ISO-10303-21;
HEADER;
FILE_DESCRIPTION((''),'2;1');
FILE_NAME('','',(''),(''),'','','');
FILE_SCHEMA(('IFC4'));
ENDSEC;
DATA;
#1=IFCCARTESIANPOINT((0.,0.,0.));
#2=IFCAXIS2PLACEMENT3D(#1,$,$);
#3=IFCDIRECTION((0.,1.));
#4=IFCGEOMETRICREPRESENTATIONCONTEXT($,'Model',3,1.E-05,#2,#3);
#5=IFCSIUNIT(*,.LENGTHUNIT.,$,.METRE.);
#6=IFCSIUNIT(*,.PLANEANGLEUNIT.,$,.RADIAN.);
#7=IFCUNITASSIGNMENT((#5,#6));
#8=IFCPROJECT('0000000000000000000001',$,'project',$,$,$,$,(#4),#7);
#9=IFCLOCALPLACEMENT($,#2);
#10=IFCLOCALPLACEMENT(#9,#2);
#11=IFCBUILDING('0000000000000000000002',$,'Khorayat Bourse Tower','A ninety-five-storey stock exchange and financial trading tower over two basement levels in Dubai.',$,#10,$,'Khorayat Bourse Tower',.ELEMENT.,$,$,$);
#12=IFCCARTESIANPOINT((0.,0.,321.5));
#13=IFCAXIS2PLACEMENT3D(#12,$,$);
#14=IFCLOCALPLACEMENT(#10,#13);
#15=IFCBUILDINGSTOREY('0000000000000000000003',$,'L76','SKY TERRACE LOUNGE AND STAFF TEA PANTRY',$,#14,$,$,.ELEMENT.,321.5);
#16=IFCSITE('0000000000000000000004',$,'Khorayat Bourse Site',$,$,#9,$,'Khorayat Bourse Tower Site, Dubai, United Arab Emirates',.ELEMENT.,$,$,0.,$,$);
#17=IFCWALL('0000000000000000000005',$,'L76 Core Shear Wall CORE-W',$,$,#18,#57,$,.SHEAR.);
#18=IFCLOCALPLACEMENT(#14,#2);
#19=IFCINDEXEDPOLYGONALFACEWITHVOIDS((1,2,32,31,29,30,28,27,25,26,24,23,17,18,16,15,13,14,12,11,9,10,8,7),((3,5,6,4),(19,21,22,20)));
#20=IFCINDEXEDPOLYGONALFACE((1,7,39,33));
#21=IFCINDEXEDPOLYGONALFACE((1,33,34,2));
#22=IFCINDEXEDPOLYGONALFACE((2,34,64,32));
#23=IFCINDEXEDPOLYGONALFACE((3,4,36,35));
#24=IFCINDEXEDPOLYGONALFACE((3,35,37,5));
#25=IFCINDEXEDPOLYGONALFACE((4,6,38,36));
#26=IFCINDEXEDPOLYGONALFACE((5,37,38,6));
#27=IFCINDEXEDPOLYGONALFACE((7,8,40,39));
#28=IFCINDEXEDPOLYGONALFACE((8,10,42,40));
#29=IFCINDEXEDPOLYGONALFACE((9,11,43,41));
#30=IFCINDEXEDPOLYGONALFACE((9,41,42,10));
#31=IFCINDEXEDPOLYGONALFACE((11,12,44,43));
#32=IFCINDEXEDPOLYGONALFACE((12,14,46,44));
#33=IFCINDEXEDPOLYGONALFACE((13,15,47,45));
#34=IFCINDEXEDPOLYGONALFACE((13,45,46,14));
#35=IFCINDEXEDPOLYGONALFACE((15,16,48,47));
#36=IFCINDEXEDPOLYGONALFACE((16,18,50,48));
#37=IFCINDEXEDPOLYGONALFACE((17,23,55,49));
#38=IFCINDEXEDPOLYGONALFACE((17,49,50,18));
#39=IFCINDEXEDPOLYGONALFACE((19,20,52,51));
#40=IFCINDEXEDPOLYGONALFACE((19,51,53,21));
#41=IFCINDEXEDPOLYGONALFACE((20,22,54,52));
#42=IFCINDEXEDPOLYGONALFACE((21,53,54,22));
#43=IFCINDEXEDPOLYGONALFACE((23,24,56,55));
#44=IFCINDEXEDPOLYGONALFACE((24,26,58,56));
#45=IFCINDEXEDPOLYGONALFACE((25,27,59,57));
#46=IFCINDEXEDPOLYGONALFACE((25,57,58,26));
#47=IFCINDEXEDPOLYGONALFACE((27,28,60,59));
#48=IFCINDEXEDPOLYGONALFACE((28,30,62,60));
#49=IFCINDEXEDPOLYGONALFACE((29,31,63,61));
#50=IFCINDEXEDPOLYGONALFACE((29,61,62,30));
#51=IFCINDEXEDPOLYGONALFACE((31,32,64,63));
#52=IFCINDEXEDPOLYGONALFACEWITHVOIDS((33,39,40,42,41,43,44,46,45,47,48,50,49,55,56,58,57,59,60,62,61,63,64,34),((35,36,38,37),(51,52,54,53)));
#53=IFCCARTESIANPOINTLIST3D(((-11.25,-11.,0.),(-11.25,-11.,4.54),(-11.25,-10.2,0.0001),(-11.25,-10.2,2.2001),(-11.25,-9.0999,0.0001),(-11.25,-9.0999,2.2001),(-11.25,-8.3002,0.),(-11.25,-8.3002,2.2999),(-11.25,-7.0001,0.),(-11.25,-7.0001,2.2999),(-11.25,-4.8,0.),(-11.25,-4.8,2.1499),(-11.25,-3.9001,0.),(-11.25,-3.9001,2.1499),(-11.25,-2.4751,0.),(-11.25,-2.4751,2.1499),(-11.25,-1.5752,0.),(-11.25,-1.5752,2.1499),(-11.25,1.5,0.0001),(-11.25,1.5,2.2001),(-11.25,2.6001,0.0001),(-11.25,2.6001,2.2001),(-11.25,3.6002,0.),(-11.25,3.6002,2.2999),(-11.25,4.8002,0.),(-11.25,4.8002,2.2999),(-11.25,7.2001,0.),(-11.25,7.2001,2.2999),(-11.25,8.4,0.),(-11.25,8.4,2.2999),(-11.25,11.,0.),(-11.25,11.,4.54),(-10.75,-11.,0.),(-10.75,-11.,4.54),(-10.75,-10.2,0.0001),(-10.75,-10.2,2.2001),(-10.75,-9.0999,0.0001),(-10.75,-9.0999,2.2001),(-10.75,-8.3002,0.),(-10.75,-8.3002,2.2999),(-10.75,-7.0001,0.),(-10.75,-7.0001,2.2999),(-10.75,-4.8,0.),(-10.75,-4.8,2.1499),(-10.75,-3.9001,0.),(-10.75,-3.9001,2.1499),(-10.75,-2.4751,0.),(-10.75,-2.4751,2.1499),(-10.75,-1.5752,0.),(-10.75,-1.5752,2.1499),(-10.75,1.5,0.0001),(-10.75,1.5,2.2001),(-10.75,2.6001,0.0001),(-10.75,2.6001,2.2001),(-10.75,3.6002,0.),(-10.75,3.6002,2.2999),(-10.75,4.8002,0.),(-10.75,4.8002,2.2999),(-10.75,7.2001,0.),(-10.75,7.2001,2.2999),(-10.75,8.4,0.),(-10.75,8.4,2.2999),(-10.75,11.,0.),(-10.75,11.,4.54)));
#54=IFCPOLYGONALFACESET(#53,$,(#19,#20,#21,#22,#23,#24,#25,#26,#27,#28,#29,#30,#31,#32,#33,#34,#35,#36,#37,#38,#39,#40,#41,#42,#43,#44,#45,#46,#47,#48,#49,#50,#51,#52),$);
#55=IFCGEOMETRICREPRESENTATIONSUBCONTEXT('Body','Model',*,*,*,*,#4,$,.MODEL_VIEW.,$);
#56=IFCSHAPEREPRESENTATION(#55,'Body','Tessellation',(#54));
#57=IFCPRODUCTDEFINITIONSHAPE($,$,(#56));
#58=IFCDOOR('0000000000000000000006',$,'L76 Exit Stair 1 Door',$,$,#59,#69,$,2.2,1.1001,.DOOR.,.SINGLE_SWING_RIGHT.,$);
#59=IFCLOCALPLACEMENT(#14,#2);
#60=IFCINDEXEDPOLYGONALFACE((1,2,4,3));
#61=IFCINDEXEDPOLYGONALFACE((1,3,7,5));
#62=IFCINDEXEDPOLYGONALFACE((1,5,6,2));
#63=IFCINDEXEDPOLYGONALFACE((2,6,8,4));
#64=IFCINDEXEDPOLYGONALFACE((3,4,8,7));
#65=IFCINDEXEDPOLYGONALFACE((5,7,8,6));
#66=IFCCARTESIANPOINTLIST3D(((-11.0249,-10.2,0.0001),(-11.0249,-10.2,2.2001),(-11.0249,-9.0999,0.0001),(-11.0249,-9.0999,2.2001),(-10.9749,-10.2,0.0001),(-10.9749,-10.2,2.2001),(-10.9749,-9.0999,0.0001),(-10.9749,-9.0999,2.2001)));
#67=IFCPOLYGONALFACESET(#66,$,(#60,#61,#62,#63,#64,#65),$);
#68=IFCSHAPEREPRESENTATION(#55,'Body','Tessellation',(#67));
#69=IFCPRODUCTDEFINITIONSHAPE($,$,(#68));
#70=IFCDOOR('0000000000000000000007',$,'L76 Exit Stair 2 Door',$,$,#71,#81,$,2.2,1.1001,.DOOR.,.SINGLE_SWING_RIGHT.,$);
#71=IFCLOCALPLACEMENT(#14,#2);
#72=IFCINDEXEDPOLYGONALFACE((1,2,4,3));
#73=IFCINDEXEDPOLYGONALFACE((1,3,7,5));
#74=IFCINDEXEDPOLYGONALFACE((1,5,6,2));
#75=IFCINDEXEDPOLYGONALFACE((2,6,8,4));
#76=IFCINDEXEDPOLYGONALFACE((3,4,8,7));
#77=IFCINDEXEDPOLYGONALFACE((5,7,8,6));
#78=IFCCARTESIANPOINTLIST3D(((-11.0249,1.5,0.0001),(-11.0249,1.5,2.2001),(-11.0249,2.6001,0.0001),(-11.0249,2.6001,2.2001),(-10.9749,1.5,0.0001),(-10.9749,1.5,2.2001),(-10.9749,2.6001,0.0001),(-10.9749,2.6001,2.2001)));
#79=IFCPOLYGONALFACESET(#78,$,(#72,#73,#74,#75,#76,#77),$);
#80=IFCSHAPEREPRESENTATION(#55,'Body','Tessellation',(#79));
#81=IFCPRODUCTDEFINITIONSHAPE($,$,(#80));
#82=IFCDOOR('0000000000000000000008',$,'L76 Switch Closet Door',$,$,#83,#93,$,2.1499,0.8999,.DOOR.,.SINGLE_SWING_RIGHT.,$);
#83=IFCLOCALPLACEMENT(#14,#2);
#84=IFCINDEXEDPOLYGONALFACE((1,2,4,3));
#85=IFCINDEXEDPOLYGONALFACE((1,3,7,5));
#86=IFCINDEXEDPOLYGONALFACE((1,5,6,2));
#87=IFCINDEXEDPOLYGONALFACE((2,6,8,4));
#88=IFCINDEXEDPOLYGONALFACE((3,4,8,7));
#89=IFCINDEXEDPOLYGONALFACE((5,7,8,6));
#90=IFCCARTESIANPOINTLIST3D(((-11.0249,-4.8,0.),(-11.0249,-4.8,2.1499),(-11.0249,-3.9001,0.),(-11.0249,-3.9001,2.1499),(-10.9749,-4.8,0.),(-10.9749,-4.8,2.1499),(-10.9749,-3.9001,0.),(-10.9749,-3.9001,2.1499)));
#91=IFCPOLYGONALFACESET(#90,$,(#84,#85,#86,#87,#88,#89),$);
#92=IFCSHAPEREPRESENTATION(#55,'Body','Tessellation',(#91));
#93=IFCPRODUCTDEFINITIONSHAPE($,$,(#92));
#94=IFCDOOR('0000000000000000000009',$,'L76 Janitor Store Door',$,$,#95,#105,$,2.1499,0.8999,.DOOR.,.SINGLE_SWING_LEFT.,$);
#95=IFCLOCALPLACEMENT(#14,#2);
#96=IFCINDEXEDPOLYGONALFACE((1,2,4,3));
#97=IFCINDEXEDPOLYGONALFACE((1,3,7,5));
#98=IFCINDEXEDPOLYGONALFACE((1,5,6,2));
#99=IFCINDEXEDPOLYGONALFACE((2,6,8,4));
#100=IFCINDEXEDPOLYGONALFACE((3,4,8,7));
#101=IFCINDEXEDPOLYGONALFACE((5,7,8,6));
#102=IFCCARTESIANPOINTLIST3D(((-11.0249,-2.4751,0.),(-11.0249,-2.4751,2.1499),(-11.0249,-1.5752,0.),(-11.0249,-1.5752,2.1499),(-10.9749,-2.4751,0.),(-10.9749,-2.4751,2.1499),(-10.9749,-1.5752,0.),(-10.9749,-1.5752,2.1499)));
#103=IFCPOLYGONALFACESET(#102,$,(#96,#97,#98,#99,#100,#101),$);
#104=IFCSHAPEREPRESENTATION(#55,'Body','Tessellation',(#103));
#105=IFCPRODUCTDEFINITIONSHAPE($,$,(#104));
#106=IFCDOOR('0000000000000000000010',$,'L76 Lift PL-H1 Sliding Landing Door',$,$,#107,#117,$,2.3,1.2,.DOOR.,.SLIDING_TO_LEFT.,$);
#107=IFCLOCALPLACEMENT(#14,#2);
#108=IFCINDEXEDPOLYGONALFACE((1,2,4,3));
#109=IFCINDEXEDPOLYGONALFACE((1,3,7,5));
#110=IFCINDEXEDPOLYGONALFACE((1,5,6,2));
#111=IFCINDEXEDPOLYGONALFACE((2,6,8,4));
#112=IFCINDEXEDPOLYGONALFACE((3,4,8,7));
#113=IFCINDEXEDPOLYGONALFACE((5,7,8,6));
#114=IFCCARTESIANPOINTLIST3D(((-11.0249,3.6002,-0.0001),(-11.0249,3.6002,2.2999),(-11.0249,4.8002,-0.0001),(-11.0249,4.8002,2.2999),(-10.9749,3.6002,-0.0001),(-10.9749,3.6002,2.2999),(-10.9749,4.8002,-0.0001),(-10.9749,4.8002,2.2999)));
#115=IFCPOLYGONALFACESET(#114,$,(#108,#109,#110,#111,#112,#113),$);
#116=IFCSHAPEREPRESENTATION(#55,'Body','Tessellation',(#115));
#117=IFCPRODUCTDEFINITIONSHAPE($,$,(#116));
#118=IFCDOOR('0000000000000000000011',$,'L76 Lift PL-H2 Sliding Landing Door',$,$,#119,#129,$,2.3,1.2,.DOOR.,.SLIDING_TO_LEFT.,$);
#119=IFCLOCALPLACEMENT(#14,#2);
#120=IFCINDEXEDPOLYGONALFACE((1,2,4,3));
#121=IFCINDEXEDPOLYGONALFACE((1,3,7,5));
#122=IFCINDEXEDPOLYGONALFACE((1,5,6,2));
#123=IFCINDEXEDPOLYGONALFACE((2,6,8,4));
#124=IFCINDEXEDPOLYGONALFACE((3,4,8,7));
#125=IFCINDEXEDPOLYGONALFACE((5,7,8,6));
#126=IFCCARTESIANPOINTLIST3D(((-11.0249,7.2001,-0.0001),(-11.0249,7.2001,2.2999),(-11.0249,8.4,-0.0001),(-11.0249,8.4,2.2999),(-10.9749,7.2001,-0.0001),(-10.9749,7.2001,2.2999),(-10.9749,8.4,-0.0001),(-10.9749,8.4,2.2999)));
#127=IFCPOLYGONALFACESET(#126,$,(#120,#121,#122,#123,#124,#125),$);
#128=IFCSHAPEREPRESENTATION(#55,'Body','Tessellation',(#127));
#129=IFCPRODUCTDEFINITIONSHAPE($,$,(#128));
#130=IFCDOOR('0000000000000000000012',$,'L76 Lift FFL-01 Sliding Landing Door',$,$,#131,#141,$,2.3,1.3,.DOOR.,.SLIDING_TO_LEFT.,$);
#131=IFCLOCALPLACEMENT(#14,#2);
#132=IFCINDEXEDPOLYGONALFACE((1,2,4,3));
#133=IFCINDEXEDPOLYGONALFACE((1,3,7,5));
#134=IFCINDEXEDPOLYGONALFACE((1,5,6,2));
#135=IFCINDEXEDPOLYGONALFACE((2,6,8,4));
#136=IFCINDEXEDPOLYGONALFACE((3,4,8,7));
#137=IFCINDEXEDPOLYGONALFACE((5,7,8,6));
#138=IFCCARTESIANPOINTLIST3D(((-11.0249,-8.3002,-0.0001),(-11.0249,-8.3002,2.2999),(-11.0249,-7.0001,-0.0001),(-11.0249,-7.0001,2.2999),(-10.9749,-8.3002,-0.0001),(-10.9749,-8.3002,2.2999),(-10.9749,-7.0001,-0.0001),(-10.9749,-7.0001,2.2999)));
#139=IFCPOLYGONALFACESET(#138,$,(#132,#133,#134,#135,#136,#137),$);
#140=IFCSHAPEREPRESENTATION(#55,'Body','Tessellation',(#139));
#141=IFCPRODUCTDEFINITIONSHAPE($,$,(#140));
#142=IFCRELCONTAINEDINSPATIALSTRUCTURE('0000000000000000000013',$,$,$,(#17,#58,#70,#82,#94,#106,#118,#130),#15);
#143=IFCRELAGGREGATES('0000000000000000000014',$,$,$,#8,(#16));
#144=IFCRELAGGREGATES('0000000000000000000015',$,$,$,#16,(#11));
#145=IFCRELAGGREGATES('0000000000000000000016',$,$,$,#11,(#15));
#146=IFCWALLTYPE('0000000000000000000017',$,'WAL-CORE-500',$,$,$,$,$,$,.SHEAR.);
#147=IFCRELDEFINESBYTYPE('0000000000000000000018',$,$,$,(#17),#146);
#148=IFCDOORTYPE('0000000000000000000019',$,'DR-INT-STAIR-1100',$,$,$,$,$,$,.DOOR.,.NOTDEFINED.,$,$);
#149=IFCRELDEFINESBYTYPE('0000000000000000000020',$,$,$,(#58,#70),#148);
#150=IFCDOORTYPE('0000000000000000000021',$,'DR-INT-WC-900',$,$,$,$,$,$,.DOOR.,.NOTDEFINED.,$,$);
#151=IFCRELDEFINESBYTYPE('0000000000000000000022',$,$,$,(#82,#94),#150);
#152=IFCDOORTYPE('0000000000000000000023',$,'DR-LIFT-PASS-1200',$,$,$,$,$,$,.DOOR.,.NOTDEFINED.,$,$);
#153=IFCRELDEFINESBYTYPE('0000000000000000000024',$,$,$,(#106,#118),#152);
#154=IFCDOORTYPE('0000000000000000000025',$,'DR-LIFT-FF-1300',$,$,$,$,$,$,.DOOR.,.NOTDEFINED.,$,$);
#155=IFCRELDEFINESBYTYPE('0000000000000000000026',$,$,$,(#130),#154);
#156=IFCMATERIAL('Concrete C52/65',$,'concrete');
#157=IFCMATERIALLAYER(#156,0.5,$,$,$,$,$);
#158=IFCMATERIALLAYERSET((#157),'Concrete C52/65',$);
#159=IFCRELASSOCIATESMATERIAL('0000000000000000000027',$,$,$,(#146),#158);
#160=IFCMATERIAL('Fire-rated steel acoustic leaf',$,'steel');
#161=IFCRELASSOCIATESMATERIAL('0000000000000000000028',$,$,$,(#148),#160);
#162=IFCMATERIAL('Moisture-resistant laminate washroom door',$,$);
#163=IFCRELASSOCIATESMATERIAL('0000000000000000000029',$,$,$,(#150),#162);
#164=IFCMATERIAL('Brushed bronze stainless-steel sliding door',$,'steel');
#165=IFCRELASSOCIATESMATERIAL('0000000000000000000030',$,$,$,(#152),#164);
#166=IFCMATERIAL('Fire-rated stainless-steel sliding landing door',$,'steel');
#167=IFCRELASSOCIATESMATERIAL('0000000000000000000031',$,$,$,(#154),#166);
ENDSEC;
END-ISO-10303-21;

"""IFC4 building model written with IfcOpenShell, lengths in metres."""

from ifc_helpers import new_model, si_unit, direction, frame, frame_2d, origin, place, context, subcontext, project, spatial, rectangle, extrude, source, transform, mapped, material, layer, layer_set, type_object, element, fill, save


model = new_model("IFC4")

# Units and contexts
model_context = context("Model", 3, precision=1e-05, world=origin(), true_north=direction((0.0, 1.0)))
body_context = subcontext(model_context, "Body", "Model", "MODEL_VIEW")
ifc_project = project(units=[si_unit("LENGTHUNIT", "METRE"), si_unit("PLANEANGLEUNIT", "RADIAN")], contexts=[model_context])

# Site, building, storey
site_placement = place(None, origin())
site = spatial("IfcSite", under=ifc_project, at=site_placement, Name="Khorayat Bourse Site", LongName="Khorayat Bourse Tower Site, Dubai, United Arab Emirates", CompositionType="ELEMENT", RefElevation=0.0)
building_placement = place(site_placement, origin())
building = spatial("IfcBuilding", under=site, at=building_placement, Name="Khorayat Bourse Tower", Description="A ninety-five-storey stock exchange and financial trading tower over two basement levels in Dubai.", LongName="Khorayat Bourse Tower", CompositionType="ELEMENT")
storey_placement = place(building_placement, frame((0.0, 0.0, 321.5)))
storey = spatial("IfcBuildingStorey", under=building, at=storey_placement, Name="L76", Description="SKY TERRACE LOUNGE AND STAFF TEA PANTRY", CompositionType="ELEMENT", Elevation=321.5)

# Shared definitions
ifc_material_1 = material(Name="Concrete C52/65", Category="concrete")

# Wall, openings, doors
ifc_layer_1 = layer(ifc_material_1, 0.5)
ifc_layer_set_1 = layer_set([ifc_layer_1], Name="Concrete C52/65")
wall_type_1 = type_object("IfcWallType", Name="WAL-CORE-500", PredefinedType="SHEAR", material=ifc_layer_set_1)
shared_shape_1 = source(origin(), body_context, "Body", "SweptSolid", [
    extrude(rectangle(XDim=22.0, YDim=0.5, at=frame_2d((11.0, 0.0))), origin(), (0.0, 0.0, 1.0), 4.54),
])
wall_1_placement = place(storey_placement, frame((-11.0, -11.0, 0.0), z_axis=(0.0, 0.0, 1.0), x_axis=(0.0, 1.0, 0.0)))
wall_1 = element("IfcWall", 1, at=wall_1_placement, inside=storey, type_object=wall_type_1, Name="L76 Core Shear Wall CORE-W", PredefinedType="SHEAR", context=body_context, shape_type="MappedRepresentation", body=[
    mapped(shared_shape_1, transform((0.0, 0.0, 0.0), scale=1.0)),
])
shared_shape_2 = source(origin(), body_context, "Body", "SweptSolid", [
    extrude(rectangle(XDim=1.1001, YDim=2.2, at=frame_2d((0.55, 1.1001))), frame((0.0, 0.26, 0.0), z_axis=(0.0, -1.0, 0.0), x_axis=(1.0, 0.0, 0.0)), (0.0, 0.0, 1.0), 0.52),
])
opening_1_placement = place(wall_1_placement, frame((0.8, 0.0, 0.0)))
opening_1 = element("IfcOpeningElement", 2, at=opening_1_placement, cuts=wall_1, PredefinedType="OPENING", context=body_context, shape_type="MappedRepresentation", body=[
    mapped(shared_shape_2, transform((0.0, 0.0, 0.0), scale=1.0)),
])
opening_2_placement = place(wall_1_placement, frame((12.5, 0.0, 0.0)))
opening_2 = element("IfcOpeningElement", 3, at=opening_2_placement, cuts=wall_1, PredefinedType="OPENING", context=body_context, shape_type="MappedRepresentation", body=[
    mapped(shared_shape_2, transform((0.0, 0.0, 0.0), scale=1.0)),
])
shared_shape_3 = source(origin(), body_context, "Body", "SweptSolid", [
    extrude(rectangle(XDim=0.8999, YDim=2.1499, at=frame_2d((0.45, 1.075))), frame((0.0, 0.26, 0.0), z_axis=(0.0, -1.0, 0.0), x_axis=(1.0, 0.0, 0.0)), (0.0, 0.0, 1.0), 0.52),
])
opening_3_placement = place(wall_1_placement, frame((6.2, 0.0, 0.0)))
opening_3 = element("IfcOpeningElement", 4, at=opening_3_placement, cuts=wall_1, PredefinedType="OPENING", context=body_context, shape_type="MappedRepresentation", body=[
    mapped(shared_shape_3, transform((0.0, 0.0, 0.0), scale=1.0)),
])
opening_4_placement = place(wall_1_placement, frame((8.5249, 0.0, 0.0)))
opening_4 = element("IfcOpeningElement", 5, at=opening_4_placement, cuts=wall_1, PredefinedType="OPENING", context=body_context, shape_type="MappedRepresentation", body=[
    mapped(shared_shape_3, transform((0.0, 0.0, 0.0), scale=1.0)),
])
shared_shape_4 = source(origin(), body_context, "Body", "SweptSolid", [
    extrude(rectangle(XDim=1.2, YDim=2.3, at=frame_2d((0.6001, 1.1499))), frame((0.0, 0.26, 0.0), z_axis=(0.0, -1.0, 0.0), x_axis=(1.0, 0.0, 0.0)), (0.0, 0.0, 1.0), 0.52),
])
opening_5_placement = place(wall_1_placement, frame((14.6001, 0.0, 0.0)))
opening_5 = element("IfcOpeningElement", 6, at=opening_5_placement, cuts=wall_1, PredefinedType="OPENING", context=body_context, shape_type="MappedRepresentation", body=[
    mapped(shared_shape_4, transform((0.0, 0.0, 0.0), scale=1.0)),
])
opening_6_placement = place(wall_1_placement, frame((18.2, 0.0, 0.0)))
opening_6 = element("IfcOpeningElement", 7, at=opening_6_placement, cuts=wall_1, PredefinedType="OPENING", context=body_context, shape_type="MappedRepresentation", body=[
    mapped(shared_shape_4, transform((0.0, 0.0, 0.0), scale=1.0)),
])
shared_shape_5 = source(origin(), body_context, "Body", "SweptSolid", [
    extrude(rectangle(XDim=1.3, YDim=2.3, at=frame_2d((0.6499, 1.1499))), frame((0.0, 0.26, 0.0), z_axis=(0.0, -1.0, 0.0), x_axis=(1.0, 0.0, 0.0)), (0.0, 0.0, 1.0), 0.52),
])
opening_7_placement = place(wall_1_placement, frame((2.7, 0.0, 0.0)))
opening_7 = element("IfcOpeningElement", 8, at=opening_7_placement, cuts=wall_1, PredefinedType="OPENING", context=body_context, shape_type="MappedRepresentation", body=[
    mapped(shared_shape_5, transform((0.0, 0.0, 0.0), scale=1.0)),
])
ifc_material_2 = material(Name="Fire-rated steel acoustic leaf", Category="steel")
door_type_1 = type_object("IfcDoorType", Name="DR-INT-STAIR-1100", OperationType="NOTDEFINED", PredefinedType="DOOR", material=ifc_material_2)
shared_shape_6 = source(origin(), body_context, "Body", "SweptSolid", [
    extrude(rectangle(XDim=1.1001, YDim=2.2, at=frame_2d((0.55, 1.1001))), frame((0.0, 0.0249, 0.0), z_axis=(0.0, -1.0, 0.0), x_axis=(1.0, 0.0, 0.0)), (0.0, 0.0, 1.0), 0.05),
])
door_1_placement = place(opening_1_placement, origin())
door_1 = element("IfcDoor", 9, at=door_1_placement, inside=storey, type_object=door_type_1, Name="L76 Exit Stair 1 Door", OperationType="SINGLE_SWING_RIGHT", OverallHeight=2.2, OverallWidth=1.1001, PredefinedType="DOOR", context=body_context, shape_type="MappedRepresentation", body=[
    mapped(shared_shape_6, transform((0.0, 0.0, 0.0), scale=1.0)),
])
fill(opening_1, door_1)
door_2_placement = place(opening_2_placement, origin())
door_2 = element("IfcDoor", 10, at=door_2_placement, inside=storey, type_object=door_type_1, Name="L76 Exit Stair 2 Door", OperationType="SINGLE_SWING_RIGHT", OverallHeight=2.2, OverallWidth=1.1001, PredefinedType="DOOR", context=body_context, shape_type="MappedRepresentation", body=[
    mapped(shared_shape_6, transform((0.0, 0.0, 0.0), scale=1.0)),
])
fill(opening_2, door_2)
ifc_material_3 = material(Name="Moisture-resistant laminate washroom door")
door_type_2 = type_object("IfcDoorType", Name="DR-INT-WC-900", OperationType="NOTDEFINED", PredefinedType="DOOR", material=ifc_material_3)
shared_shape_7 = source(origin(), body_context, "Body", "SweptSolid", [
    extrude(rectangle(XDim=0.8999, YDim=2.1499, at=frame_2d((0.45, 1.075))), frame((0.0, 0.0249, 0.0), z_axis=(0.0, -1.0, 0.0), x_axis=(1.0, 0.0, 0.0)), (0.0, 0.0, 1.0), 0.05),
])
door_3_placement = place(opening_3_placement, origin())
door_3 = element("IfcDoor", 11, at=door_3_placement, inside=storey, type_object=door_type_2, Name="L76 Switch Closet Door", OperationType="SINGLE_SWING_RIGHT", OverallHeight=2.1499, OverallWidth=0.8999, PredefinedType="DOOR", context=body_context, shape_type="MappedRepresentation", body=[
    mapped(shared_shape_7, transform((0.0, 0.0, 0.0), scale=1.0)),
])
fill(opening_3, door_3)
door_4_placement = place(opening_4_placement, origin())
door_4 = element("IfcDoor", 12, at=door_4_placement, inside=storey, type_object=door_type_2, Name="L76 Janitor Store Door", OperationType="SINGLE_SWING_LEFT", OverallHeight=2.1499, OverallWidth=0.8999, PredefinedType="DOOR", context=body_context, shape_type="MappedRepresentation", body=[
    mapped(shared_shape_7, transform((0.0, 0.0, 0.0), scale=1.0)),
])
fill(opening_4, door_4)
ifc_material_4 = material(Name="Brushed bronze stainless-steel sliding door", Category="steel")
door_type_3 = type_object("IfcDoorType", Name="DR-LIFT-PASS-1200", OperationType="NOTDEFINED", PredefinedType="DOOR", material=ifc_material_4)
shared_shape_8 = source(origin(), body_context, "Body", "SweptSolid", [
    extrude(rectangle(XDim=1.2, YDim=2.3, at=frame_2d((0.6001, 1.1499))), frame((0.0, 0.0249, 0.0), z_axis=(0.0, -1.0, 0.0), x_axis=(1.0, 0.0, 0.0)), (0.0, 0.0, 1.0), 0.05),
])
door_5_placement = place(opening_5_placement, origin())
door_5 = element("IfcDoor", 13, at=door_5_placement, inside=storey, type_object=door_type_3, Name="L76 Lift PL-H1 Sliding Landing Door", OperationType="SLIDING_TO_LEFT", OverallHeight=2.3, OverallWidth=1.2, PredefinedType="DOOR", context=body_context, shape_type="MappedRepresentation", body=[
    mapped(shared_shape_8, transform((0.0, 0.0, 0.0), scale=1.0)),
])
fill(opening_5, door_5)
door_6_placement = place(opening_6_placement, origin())
door_6 = element("IfcDoor", 14, at=door_6_placement, inside=storey, type_object=door_type_3, Name="L76 Lift PL-H2 Sliding Landing Door", OperationType="SLIDING_TO_LEFT", OverallHeight=2.3, OverallWidth=1.2, PredefinedType="DOOR", context=body_context, shape_type="MappedRepresentation", body=[
    mapped(shared_shape_8, transform((0.0, 0.0, 0.0), scale=1.0)),
])
fill(opening_6, door_6)
ifc_material_5 = material(Name="Fire-rated stainless-steel sliding landing door", Category="steel")
door_type_4 = type_object("IfcDoorType", Name="DR-LIFT-FF-1300", OperationType="NOTDEFINED", PredefinedType="DOOR", material=ifc_material_5)
shared_shape_9 = source(origin(), body_context, "Body", "SweptSolid", [
    extrude(rectangle(XDim=1.3, YDim=2.3, at=frame_2d((0.6499, 1.1499))), frame((0.0, 0.0249, 0.0), z_axis=(0.0, -1.0, 0.0), x_axis=(1.0, 0.0, 0.0)), (0.0, 0.0, 1.0), 0.05),
])
door_7_placement = place(opening_7_placement, origin())
door_7 = element("IfcDoor", 15, at=door_7_placement, inside=storey, type_object=door_type_4, Name="L76 Lift FFL-01 Sliding Landing Door", OperationType="SLIDING_TO_LEFT", OverallHeight=2.3, OverallWidth=1.3, PredefinedType="DOOR", context=body_context, shape_type="MappedRepresentation", body=[
    mapped(shared_shape_9, transform((0.0, 0.0, 0.0), scale=1.0)),
])
fill(opening_7, door_7)

save(model, "model.ifc")
